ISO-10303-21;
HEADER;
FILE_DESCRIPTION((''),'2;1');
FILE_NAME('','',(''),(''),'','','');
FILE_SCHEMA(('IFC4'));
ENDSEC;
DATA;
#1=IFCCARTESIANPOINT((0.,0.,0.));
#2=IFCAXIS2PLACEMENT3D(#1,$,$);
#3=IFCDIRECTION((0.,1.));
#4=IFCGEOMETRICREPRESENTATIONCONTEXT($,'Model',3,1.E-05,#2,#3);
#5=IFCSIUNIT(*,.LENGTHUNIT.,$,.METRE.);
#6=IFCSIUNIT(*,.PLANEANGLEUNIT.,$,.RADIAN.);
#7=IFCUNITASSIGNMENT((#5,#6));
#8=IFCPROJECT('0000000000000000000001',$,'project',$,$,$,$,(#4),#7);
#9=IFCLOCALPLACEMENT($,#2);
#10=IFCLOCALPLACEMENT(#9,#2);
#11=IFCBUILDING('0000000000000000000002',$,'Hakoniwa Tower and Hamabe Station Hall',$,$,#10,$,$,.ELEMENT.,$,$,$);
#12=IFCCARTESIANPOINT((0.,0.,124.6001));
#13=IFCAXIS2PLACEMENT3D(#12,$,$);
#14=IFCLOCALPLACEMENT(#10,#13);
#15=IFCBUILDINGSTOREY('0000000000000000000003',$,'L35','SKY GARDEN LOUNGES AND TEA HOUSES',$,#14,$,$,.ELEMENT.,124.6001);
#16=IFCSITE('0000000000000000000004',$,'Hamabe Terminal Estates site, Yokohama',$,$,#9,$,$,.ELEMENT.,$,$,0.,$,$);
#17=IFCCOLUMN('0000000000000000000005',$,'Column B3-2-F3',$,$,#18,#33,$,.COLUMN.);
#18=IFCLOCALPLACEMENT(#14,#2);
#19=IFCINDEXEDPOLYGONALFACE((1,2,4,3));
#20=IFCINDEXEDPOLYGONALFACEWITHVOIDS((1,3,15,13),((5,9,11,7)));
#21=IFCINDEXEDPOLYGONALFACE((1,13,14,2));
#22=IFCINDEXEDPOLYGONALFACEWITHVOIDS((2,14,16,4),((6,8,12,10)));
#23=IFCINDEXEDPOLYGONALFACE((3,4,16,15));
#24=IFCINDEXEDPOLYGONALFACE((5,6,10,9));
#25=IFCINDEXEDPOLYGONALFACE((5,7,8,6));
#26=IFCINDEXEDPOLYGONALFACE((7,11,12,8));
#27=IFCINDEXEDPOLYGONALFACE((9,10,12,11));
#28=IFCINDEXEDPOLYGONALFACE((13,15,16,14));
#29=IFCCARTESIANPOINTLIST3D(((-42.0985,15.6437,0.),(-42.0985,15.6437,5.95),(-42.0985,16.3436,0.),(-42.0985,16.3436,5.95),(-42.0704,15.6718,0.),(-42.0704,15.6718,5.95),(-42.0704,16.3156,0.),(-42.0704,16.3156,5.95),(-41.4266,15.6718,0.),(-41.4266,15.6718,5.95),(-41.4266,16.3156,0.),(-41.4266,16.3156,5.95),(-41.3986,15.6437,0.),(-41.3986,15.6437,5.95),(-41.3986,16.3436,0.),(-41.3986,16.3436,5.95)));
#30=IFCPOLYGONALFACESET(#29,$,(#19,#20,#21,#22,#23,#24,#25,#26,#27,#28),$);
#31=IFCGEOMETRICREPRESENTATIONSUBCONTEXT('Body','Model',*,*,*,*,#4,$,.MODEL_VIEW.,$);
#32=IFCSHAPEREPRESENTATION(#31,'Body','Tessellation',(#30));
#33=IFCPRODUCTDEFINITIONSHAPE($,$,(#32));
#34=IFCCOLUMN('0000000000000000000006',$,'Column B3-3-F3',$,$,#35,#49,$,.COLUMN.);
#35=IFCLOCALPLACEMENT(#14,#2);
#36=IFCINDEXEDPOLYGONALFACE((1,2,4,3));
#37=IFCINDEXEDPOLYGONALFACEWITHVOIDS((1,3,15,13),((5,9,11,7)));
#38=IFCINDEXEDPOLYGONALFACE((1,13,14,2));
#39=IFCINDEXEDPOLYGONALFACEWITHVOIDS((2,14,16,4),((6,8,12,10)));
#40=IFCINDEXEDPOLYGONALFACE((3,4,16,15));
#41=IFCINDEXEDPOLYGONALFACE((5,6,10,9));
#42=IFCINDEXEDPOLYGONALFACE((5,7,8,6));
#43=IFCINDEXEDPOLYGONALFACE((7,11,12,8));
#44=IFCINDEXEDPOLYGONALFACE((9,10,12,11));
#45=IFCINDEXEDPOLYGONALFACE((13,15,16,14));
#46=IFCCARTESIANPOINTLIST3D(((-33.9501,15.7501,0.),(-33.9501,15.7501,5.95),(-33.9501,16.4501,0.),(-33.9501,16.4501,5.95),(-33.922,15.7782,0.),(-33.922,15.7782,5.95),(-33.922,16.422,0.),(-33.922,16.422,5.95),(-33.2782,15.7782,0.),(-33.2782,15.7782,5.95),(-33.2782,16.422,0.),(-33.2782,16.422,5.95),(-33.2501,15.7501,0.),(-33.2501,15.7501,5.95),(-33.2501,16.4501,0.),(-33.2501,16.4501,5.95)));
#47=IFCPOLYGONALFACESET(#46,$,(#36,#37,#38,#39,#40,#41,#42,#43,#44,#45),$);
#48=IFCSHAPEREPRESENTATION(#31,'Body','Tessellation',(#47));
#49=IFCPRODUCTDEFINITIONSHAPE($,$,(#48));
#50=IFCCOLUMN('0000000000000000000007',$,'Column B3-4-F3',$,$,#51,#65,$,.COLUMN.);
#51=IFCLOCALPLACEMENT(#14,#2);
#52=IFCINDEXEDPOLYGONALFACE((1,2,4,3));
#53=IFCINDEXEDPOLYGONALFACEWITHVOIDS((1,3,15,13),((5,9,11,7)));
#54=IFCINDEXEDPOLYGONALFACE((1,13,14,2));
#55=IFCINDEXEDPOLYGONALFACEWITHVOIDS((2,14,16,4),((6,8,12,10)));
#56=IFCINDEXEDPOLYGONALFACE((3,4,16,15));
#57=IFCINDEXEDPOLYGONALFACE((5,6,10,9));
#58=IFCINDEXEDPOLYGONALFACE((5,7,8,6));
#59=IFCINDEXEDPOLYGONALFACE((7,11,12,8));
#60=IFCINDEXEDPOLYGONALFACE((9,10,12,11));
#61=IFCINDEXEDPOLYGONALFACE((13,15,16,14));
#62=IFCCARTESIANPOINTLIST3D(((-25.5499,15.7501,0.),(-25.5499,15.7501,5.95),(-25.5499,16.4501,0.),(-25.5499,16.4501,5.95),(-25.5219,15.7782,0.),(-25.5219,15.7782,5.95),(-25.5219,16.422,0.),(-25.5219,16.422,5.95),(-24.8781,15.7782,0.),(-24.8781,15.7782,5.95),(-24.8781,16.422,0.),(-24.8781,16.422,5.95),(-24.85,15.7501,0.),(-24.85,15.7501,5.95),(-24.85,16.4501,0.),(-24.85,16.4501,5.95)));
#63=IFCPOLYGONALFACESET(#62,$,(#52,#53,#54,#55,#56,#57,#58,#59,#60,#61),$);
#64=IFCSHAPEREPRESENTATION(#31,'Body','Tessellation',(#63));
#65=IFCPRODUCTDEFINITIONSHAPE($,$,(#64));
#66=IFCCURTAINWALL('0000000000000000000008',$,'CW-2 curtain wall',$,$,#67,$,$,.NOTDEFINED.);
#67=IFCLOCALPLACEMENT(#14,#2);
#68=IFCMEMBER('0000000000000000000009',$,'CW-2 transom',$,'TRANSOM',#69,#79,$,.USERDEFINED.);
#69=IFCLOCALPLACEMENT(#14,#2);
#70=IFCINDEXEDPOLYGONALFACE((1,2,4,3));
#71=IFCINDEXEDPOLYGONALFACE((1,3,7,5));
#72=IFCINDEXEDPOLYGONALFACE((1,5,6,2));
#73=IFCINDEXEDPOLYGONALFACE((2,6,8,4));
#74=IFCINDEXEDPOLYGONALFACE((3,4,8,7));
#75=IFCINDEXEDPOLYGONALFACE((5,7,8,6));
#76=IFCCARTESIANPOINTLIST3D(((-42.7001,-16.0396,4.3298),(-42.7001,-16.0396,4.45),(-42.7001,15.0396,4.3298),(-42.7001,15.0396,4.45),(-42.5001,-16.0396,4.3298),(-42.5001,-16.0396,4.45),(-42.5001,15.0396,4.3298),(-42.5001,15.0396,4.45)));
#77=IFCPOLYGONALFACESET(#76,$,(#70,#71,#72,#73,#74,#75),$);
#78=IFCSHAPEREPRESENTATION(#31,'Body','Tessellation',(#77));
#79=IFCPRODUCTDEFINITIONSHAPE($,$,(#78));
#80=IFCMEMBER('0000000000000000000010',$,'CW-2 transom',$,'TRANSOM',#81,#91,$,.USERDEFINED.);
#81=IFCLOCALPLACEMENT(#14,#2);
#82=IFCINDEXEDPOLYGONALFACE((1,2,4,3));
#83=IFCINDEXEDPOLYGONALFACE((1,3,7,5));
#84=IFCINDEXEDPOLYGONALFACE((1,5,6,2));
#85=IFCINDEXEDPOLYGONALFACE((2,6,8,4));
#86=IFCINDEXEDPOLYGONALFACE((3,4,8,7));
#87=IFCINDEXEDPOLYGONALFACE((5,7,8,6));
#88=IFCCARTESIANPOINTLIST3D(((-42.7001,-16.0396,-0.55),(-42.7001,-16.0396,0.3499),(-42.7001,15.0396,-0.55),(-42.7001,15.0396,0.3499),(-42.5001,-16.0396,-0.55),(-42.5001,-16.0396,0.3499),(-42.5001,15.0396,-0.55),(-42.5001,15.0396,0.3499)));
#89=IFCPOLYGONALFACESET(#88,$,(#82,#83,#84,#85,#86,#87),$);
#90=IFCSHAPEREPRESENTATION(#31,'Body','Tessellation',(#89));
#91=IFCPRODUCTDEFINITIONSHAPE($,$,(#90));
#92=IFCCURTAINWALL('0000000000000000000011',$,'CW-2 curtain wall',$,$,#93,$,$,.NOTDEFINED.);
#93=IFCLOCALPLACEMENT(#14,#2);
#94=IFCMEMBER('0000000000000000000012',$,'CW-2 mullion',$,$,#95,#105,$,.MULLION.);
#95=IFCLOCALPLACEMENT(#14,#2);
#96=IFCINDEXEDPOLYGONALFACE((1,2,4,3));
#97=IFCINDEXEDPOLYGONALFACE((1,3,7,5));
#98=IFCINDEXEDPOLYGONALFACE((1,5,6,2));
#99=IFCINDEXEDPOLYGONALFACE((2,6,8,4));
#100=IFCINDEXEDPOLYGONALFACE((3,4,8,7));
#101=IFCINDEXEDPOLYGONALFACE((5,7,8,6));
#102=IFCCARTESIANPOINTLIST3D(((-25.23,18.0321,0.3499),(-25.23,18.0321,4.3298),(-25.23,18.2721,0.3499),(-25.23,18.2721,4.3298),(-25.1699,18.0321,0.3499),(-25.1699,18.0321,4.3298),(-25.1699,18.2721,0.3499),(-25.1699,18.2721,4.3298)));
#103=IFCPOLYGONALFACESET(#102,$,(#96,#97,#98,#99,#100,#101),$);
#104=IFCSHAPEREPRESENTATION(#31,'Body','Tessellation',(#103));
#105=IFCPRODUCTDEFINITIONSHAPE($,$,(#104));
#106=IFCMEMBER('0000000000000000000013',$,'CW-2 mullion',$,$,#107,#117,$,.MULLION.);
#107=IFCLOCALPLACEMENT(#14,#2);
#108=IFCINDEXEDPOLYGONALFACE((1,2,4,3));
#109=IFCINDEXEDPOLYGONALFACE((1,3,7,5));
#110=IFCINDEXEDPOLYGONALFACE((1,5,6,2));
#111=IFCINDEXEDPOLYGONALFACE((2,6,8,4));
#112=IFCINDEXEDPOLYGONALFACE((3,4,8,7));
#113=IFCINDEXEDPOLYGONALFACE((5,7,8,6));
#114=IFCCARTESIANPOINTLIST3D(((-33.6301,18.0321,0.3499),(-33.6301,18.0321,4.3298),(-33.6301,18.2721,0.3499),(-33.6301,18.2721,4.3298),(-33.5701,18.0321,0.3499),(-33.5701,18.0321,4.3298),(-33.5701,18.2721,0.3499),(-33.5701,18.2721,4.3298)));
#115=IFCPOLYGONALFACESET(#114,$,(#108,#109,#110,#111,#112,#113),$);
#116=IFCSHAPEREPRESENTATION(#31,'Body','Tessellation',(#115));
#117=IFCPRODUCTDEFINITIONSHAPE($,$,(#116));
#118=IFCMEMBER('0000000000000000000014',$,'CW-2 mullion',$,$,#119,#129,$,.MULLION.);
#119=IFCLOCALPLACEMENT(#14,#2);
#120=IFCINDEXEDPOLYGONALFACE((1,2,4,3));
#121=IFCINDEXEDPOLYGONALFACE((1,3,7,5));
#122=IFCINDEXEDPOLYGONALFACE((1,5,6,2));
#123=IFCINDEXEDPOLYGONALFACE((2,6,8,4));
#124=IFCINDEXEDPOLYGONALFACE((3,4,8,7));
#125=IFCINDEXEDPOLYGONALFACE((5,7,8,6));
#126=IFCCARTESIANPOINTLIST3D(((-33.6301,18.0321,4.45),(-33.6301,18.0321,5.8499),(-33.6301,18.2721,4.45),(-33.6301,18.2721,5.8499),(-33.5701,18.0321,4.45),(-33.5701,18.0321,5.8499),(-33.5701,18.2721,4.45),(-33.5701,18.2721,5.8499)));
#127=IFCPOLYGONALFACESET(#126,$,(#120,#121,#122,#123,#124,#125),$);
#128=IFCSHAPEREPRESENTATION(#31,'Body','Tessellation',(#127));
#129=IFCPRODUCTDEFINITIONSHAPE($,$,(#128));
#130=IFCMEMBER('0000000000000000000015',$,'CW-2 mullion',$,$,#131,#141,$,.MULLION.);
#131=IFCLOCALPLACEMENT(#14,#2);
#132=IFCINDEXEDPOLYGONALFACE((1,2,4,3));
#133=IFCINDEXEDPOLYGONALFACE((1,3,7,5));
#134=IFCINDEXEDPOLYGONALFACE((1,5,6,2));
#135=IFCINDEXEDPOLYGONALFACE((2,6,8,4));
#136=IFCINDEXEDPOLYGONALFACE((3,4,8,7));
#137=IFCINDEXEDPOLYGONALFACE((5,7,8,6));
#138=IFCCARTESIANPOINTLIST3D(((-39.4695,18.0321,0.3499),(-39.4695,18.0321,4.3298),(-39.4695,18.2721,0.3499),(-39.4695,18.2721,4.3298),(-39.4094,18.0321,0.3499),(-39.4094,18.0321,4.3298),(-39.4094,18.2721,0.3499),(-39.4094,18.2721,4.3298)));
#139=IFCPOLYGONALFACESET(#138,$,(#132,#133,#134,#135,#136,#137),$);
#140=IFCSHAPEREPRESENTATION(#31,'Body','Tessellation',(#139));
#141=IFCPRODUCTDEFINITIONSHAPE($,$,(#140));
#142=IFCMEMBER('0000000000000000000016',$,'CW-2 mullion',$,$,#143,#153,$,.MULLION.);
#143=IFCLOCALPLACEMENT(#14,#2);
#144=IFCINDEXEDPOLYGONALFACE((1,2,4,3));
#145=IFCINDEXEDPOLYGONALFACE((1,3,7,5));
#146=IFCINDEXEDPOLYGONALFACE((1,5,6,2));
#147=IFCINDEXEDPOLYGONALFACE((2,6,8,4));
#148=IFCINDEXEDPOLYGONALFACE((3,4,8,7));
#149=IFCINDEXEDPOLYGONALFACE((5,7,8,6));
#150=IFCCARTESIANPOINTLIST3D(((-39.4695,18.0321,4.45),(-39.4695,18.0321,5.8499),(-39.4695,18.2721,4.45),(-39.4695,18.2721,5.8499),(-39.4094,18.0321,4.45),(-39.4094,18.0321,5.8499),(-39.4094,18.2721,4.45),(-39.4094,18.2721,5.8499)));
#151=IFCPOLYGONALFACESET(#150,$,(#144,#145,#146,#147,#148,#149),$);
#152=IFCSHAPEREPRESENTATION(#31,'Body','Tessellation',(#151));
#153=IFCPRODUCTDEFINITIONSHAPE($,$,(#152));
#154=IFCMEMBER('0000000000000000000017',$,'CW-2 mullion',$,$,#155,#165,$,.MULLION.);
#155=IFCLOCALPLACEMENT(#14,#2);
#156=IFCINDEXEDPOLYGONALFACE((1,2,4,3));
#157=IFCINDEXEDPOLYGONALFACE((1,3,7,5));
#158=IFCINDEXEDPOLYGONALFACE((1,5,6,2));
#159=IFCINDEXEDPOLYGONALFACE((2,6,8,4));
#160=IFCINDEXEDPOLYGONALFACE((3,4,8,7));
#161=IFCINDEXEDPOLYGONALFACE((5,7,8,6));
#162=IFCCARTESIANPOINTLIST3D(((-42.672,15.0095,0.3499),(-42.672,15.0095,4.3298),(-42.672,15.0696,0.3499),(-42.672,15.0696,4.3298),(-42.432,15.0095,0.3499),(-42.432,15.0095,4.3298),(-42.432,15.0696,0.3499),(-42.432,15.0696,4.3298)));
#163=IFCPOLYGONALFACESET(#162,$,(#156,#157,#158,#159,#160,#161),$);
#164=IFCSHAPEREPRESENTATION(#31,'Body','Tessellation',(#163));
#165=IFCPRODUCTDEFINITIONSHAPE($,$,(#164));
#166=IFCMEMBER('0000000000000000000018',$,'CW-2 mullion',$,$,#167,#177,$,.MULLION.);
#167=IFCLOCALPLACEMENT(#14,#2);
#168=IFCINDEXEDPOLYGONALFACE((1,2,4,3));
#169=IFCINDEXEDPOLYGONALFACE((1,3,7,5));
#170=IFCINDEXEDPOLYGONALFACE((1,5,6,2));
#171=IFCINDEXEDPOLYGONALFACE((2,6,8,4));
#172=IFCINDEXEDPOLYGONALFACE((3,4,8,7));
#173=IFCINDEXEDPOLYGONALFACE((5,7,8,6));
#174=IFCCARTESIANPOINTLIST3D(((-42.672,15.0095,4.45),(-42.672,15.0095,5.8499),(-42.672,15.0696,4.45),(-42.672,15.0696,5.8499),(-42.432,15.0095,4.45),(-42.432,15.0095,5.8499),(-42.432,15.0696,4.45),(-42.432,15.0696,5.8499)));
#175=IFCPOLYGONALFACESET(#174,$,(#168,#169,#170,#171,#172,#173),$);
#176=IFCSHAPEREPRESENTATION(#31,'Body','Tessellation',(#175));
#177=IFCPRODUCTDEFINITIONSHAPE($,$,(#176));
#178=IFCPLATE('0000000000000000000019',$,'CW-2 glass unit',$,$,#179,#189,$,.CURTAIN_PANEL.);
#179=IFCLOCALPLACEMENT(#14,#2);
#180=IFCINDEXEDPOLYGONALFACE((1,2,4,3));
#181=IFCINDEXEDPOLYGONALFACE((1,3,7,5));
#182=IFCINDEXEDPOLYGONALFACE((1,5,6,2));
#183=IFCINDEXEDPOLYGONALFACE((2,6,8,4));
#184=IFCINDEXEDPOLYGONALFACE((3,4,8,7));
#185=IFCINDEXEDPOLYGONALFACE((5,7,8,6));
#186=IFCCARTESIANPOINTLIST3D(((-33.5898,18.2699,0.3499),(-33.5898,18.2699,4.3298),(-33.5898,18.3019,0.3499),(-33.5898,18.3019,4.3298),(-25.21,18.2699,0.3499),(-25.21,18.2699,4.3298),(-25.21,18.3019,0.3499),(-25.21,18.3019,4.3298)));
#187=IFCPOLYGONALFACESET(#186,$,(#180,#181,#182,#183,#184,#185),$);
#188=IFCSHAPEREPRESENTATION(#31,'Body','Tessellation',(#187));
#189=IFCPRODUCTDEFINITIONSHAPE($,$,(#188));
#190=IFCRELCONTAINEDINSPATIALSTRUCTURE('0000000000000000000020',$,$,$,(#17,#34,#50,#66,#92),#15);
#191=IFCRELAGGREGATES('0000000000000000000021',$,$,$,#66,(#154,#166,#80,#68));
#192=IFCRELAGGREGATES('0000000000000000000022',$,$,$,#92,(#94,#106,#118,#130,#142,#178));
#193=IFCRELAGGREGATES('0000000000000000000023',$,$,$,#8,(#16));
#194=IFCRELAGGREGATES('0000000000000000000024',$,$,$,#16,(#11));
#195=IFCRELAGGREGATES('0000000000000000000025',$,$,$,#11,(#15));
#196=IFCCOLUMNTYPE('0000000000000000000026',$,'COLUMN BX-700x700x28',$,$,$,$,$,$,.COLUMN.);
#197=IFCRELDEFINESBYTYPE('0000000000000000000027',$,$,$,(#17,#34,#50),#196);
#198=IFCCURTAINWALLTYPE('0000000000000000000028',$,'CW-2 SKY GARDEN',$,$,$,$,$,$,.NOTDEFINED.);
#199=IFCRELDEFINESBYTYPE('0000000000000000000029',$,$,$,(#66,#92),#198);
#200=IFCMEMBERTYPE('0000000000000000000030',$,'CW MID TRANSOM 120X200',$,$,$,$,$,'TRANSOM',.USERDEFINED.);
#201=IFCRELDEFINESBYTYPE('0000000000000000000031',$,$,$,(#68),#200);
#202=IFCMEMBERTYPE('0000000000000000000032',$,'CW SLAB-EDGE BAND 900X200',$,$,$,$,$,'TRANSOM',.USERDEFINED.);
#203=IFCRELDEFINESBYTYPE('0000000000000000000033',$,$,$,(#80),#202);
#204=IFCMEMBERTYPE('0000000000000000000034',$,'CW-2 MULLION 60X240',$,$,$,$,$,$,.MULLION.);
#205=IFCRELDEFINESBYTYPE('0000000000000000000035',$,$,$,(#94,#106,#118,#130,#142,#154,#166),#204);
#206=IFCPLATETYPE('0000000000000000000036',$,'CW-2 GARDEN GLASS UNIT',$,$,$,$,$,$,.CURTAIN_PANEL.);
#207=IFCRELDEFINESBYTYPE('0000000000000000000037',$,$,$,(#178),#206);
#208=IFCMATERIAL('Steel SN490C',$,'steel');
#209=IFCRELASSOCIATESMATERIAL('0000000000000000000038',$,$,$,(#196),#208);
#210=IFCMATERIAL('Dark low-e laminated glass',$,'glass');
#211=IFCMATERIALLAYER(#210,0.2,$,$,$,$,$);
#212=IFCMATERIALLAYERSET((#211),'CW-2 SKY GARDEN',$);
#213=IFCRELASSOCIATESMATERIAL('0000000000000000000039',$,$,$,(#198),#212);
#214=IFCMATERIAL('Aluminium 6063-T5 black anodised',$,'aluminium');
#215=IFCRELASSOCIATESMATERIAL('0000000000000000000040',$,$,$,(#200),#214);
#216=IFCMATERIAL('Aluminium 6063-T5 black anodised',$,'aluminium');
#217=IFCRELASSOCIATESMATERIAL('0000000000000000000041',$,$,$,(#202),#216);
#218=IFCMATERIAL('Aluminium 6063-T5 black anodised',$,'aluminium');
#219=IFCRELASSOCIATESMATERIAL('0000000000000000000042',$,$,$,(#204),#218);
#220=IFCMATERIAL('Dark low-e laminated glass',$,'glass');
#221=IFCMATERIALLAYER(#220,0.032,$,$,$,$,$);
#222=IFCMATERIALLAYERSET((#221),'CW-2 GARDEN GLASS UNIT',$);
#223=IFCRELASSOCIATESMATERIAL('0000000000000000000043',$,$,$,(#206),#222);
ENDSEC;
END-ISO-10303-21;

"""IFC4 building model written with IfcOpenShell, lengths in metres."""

from ifc_helpers import new_model, si_unit, direction, frame, origin, origin_2d, place, context, subcontext, project, spatial, rectangle, hollow_rectangle, extrude, material, layer, layer_set, material_profile, profile_set, type_object, element, aggregate, save


model = new_model("IFC4")

# Units and contexts
model_context = context("Model", 3, precision=1e-05, world=origin(), true_north=direction((0.0, 1.0)))
body_context = subcontext(model_context, "Body", "Model", "MODEL_VIEW")
ifc_project = project(units=[si_unit("LENGTHUNIT", "METRE"), si_unit("PLANEANGLEUNIT", "RADIAN")], contexts=[model_context])

# Site, building, storey
site_placement = place(None, origin())
site = spatial("IfcSite", under=ifc_project, at=site_placement, Name="Hamabe Terminal Estates site, Yokohama", CompositionType="ELEMENT", RefElevation=0.0)
building_placement = place(site_placement, origin())
building = spatial("IfcBuilding", under=site, at=building_placement, Name="Hakoniwa Tower and Hamabe Station Hall", CompositionType="ELEMENT")
storey_placement = place(building_placement, frame((0.0, 0.0, 124.6001)))
storey = spatial("IfcBuildingStorey", under=building, at=storey_placement, Name="L35", Description="SKY GARDEN LOUNGES AND TEA HOUSES", CompositionType="ELEMENT", Elevation=124.6001)

# Columns
ifc_material_1 = material(Name="Steel SN490C", Category="steel")
ifc_material_profile_1 = material_profile(ifc_material_1, hollow_rectangle(XDim=0.7, YDim=0.7, WallThickness=0.0281, at=origin_2d()), Name="BX-700x700x28")
ifc_profile_set_1 = profile_set([ifc_material_profile_1], Name="Steel SN490C")
column_type = type_object("IfcColumnType", Name="COLUMN BX-700x700x28", PredefinedType="COLUMN", material=ifc_profile_set_1)
for number, where, z_axis, x_axis, name in (
    (1, (-41.7485, 15.9937, 0.0), (0.0, 0.0, 1.0), (1.0, 0.0, 0.0), "Column B3-2-F3"),
    (2, (-33.6001, 16.1001, 0.0), (0.0, 0.0, 1.0), (1.0, 0.0, 0.0), "Column B3-3-F3"),
    (3, (-25.2, 16.1001, 0.0), (0.0, 0.0, 1.0), (1.0, 0.0, 0.0), "Column B3-4-F3"),
):
    element("IfcColumn", number, at=place(storey_placement, frame(where, z_axis=z_axis, x_axis=x_axis)), inside=storey, type_object=column_type, Name=name, PredefinedType="COLUMN", context=body_context, shape_type="SweptSolid", body=[
        extrude(hollow_rectangle(XDim=0.7, YDim=0.7, WallThickness=0.0281, at=origin_2d()), origin(), (0.0, 0.0, 1.0), 5.95),
    ])

# Curtain walls, members
ifc_material_2 = material(Name="Dark low-e laminated glass", Category="glass")
ifc_layer_1 = layer(ifc_material_2, 0.2)
ifc_layer_set_1 = layer_set([ifc_layer_1], Name="CW-2 SKY GARDEN")
curtain_wall_type = type_object("IfcCurtainWallType", Name="CW-2 SKY GARDEN", PredefinedType="NOTDEFINED", material=ifc_layer_set_1)
curtain_wall_1_placement = place(storey_placement, origin())
curtain_wall_1 = element("IfcCurtainWall", 4, at=curtain_wall_1_placement, inside=storey, type_object=curtain_wall_type, Name="CW-2 curtain wall", PredefinedType="NOTDEFINED")
ifc_material_3 = material(Name="Aluminium 6063-T5 black anodised", Category="aluminium")
ifc_material_profile_2 = material_profile(ifc_material_3, rectangle(XDim=0.2, YDim=0.1201, at=origin_2d()), Name="CW MID TRANSOM 120X200")
ifc_profile_set_2 = profile_set([ifc_material_profile_2], Name="Aluminium 6063-T5 black anodised")
member_type_1 = type_object("IfcMemberType", Name="CW MID TRANSOM 120X200", ElementType="TRANSOM", PredefinedType="USERDEFINED", material=ifc_profile_set_2)
member_1_placement = place(storey_placement, frame((-42.6001, 15.0396, 4.3899), z_axis=(0.0, -1.0, 0.0), x_axis=(1.0, 0.0, 0.0)))
member_1 = element("IfcMember", 5, at=member_1_placement, type_object=member_type_1, Name="CW-2 transom", ObjectType="TRANSOM", PredefinedType="USERDEFINED", context=body_context, shape_type="SweptSolid", body=[
    extrude(rectangle(XDim=0.2, YDim=0.1201, at=origin_2d()), origin(), (0.0, 0.0, 1.0), 31.0791),
])
ifc_material_4 = material(Name="Aluminium 6063-T5 black anodised", Category="aluminium")
ifc_material_profile_3 = material_profile(ifc_material_4, rectangle(XDim=0.2, YDim=0.8999, at=origin_2d()), Name="CW SLAB-EDGE BAND 900X200")
ifc_profile_set_3 = profile_set([ifc_material_profile_3], Name="Aluminium 6063-T5 black anodised")
member_type_2 = type_object("IfcMemberType", Name="CW SLAB-EDGE BAND 900X200", ElementType="TRANSOM", PredefinedType="USERDEFINED", material=ifc_profile_set_3)
member_2_placement = place(storey_placement, frame((-42.6001, 15.0396, -0.1001), z_axis=(0.0, -1.0, 0.0), x_axis=(1.0, 0.0, 0.0)))
member_2 = element("IfcMember", 6, at=member_2_placement, type_object=member_type_2, Name="CW-2 transom", ObjectType="TRANSOM", PredefinedType="USERDEFINED", context=body_context, shape_type="SweptSolid", body=[
    extrude(rectangle(XDim=0.2, YDim=0.8999, at=origin_2d()), origin(), (0.0, 0.0, 1.0), 31.0791),
])
curtain_wall_2_placement = place(storey_placement, origin())
curtain_wall_2 = element("IfcCurtainWall", 7, at=curtain_wall_2_placement, inside=storey, type_object=curtain_wall_type, Name="CW-2 curtain wall", PredefinedType="NOTDEFINED")
ifc_material_5 = material(Name="Aluminium 6063-T5 black anodised", Category="aluminium")
ifc_material_profile_4 = material_profile(ifc_material_5, rectangle(XDim=0.0601, YDim=0.24, at=origin_2d()), Name="CW-2 MULLION 60X240")
ifc_profile_set_4 = profile_set([ifc_material_profile_4], Name="Aluminium 6063-T5 black anodised")
member_type_3 = type_object("IfcMemberType", Name="CW-2 MULLION 60X240", PredefinedType="MULLION", material=ifc_profile_set_4)
member_3_placement = place(storey_placement, frame((-25.2, 18.1521, 0.3499), z_axis=(0.0, 0.0, 1.0), x_axis=(-1.0, 0.0, 0.0)))
member_3 = element("IfcMember", 8, at=member_3_placement, type_object=member_type_3, Name="CW-2 mullion", PredefinedType="MULLION", context=body_context, shape_type="SweptSolid", body=[
    extrude(rectangle(XDim=0.0601, YDim=0.24, at=origin_2d()), origin(), (0.0, 0.0, 1.0), 3.98),
])
member_4_placement = place(storey_placement, frame((-33.6001, 18.1521, 0.3499), z_axis=(0.0, 0.0, 1.0), x_axis=(-1.0, 0.0, 0.0)))
member_4 = element("IfcMember", 9, at=member_4_placement, type_object=member_type_3, Name="CW-2 mullion", PredefinedType="MULLION", context=body_context, shape_type="SweptSolid", body=[
    extrude(rectangle(XDim=0.0601, YDim=0.24, at=origin_2d()), origin(), (0.0, 0.0, 1.0), 3.98),
])
member_5_placement = place(storey_placement, frame((-33.6001, 18.1521, 4.45), z_axis=(0.0, 0.0, 1.0), x_axis=(-1.0, 0.0, 0.0)))
member_5 = element("IfcMember", 10, at=member_5_placement, type_object=member_type_3, Name="CW-2 mullion", PredefinedType="MULLION", context=body_context, shape_type="SweptSolid", body=[
    extrude(rectangle(XDim=0.0601, YDim=0.24, at=origin_2d()), origin(), (0.0, 0.0, 1.0), 1.3999),
])
member_6_placement = place(storey_placement, frame((-39.4395, 18.1521, 0.3499), z_axis=(0.0, 0.0, 1.0), x_axis=(-1.0, 0.0, 0.0)))
member_6 = element("IfcMember", 11, at=member_6_placement, type_object=member_type_3, Name="CW-2 mullion", PredefinedType="MULLION", context=body_context, shape_type="SweptSolid", body=[
    extrude(rectangle(XDim=0.0601, YDim=0.24, at=origin_2d()), origin(), (0.0, 0.0, 1.0), 3.98),
])
member_7_placement = place(storey_placement, frame((-39.4395, 18.1521, 4.45), z_axis=(0.0, 0.0, 1.0), x_axis=(-1.0, 0.0, 0.0)))
member_7 = element("IfcMember", 12, at=member_7_placement, type_object=member_type_3, Name="CW-2 mullion", PredefinedType="MULLION", context=body_context, shape_type="SweptSolid", body=[
    extrude(rectangle(XDim=0.0601, YDim=0.24, at=origin_2d()), origin(), (0.0, 0.0, 1.0), 1.3999),
])

# Members
member_8_placement = place(storey_placement, frame((-42.552, 15.0396, 0.3499), z_axis=(0.0, 0.0, 1.0), x_axis=(0.0, -1.0, 0.0)))
member_8 = element("IfcMember", 13, at=member_8_placement, type_object=member_type_3, Name="CW-2 mullion", PredefinedType="MULLION", context=body_context, shape_type="SweptSolid", body=[
    extrude(rectangle(XDim=0.0601, YDim=0.24, at=origin_2d()), origin(), (0.0, 0.0, 1.0), 3.98),
])
member_9_placement = place(storey_placement, frame((-42.552, 15.0396, 4.45), z_axis=(0.0, 0.0, 1.0), x_axis=(0.0, -1.0, 0.0)))
member_9 = element("IfcMember", 14, at=member_9_placement, type_object=member_type_3, Name="CW-2 mullion", PredefinedType="MULLION", context=body_context, shape_type="SweptSolid", body=[
    extrude(rectangle(XDim=0.0601, YDim=0.24, at=origin_2d()), origin(), (0.0, 0.0, 1.0), 1.3999),
])
aggregate(curtain_wall_1, [member_8, member_9, member_2, member_1])

# Plate
ifc_material_6 = material(Name="Dark low-e laminated glass", Category="glass")
ifc_layer_2 = layer(ifc_material_6, 0.032)
ifc_layer_set_2 = layer_set([ifc_layer_2], Name="CW-2 GARDEN GLASS UNIT")
plate_type = type_object("IfcPlateType", Name="CW-2 GARDEN GLASS UNIT", PredefinedType="CURTAIN_PANEL", material=ifc_layer_set_2)
plate_1_placement = place(storey_placement, frame((-29.3999, 18.2859, 0.3499), z_axis=(0.0, 0.0, 1.0), x_axis=(-1.0, 0.0, 0.0)))
plate_1 = element("IfcPlate", 15, at=plate_1_placement, type_object=plate_type, Name="CW-2 glass unit", PredefinedType="CURTAIN_PANEL", context=body_context, shape_type="SweptSolid", body=[
    extrude(rectangle(XDim=8.3799, YDim=0.032, at=origin_2d()), origin(), (0.0, 0.0, 1.0), 3.98),
])

aggregate(curtain_wall_2, [member_3, member_4, member_5, member_6, member_7, plate_1])

save(model, "model.ifc")
